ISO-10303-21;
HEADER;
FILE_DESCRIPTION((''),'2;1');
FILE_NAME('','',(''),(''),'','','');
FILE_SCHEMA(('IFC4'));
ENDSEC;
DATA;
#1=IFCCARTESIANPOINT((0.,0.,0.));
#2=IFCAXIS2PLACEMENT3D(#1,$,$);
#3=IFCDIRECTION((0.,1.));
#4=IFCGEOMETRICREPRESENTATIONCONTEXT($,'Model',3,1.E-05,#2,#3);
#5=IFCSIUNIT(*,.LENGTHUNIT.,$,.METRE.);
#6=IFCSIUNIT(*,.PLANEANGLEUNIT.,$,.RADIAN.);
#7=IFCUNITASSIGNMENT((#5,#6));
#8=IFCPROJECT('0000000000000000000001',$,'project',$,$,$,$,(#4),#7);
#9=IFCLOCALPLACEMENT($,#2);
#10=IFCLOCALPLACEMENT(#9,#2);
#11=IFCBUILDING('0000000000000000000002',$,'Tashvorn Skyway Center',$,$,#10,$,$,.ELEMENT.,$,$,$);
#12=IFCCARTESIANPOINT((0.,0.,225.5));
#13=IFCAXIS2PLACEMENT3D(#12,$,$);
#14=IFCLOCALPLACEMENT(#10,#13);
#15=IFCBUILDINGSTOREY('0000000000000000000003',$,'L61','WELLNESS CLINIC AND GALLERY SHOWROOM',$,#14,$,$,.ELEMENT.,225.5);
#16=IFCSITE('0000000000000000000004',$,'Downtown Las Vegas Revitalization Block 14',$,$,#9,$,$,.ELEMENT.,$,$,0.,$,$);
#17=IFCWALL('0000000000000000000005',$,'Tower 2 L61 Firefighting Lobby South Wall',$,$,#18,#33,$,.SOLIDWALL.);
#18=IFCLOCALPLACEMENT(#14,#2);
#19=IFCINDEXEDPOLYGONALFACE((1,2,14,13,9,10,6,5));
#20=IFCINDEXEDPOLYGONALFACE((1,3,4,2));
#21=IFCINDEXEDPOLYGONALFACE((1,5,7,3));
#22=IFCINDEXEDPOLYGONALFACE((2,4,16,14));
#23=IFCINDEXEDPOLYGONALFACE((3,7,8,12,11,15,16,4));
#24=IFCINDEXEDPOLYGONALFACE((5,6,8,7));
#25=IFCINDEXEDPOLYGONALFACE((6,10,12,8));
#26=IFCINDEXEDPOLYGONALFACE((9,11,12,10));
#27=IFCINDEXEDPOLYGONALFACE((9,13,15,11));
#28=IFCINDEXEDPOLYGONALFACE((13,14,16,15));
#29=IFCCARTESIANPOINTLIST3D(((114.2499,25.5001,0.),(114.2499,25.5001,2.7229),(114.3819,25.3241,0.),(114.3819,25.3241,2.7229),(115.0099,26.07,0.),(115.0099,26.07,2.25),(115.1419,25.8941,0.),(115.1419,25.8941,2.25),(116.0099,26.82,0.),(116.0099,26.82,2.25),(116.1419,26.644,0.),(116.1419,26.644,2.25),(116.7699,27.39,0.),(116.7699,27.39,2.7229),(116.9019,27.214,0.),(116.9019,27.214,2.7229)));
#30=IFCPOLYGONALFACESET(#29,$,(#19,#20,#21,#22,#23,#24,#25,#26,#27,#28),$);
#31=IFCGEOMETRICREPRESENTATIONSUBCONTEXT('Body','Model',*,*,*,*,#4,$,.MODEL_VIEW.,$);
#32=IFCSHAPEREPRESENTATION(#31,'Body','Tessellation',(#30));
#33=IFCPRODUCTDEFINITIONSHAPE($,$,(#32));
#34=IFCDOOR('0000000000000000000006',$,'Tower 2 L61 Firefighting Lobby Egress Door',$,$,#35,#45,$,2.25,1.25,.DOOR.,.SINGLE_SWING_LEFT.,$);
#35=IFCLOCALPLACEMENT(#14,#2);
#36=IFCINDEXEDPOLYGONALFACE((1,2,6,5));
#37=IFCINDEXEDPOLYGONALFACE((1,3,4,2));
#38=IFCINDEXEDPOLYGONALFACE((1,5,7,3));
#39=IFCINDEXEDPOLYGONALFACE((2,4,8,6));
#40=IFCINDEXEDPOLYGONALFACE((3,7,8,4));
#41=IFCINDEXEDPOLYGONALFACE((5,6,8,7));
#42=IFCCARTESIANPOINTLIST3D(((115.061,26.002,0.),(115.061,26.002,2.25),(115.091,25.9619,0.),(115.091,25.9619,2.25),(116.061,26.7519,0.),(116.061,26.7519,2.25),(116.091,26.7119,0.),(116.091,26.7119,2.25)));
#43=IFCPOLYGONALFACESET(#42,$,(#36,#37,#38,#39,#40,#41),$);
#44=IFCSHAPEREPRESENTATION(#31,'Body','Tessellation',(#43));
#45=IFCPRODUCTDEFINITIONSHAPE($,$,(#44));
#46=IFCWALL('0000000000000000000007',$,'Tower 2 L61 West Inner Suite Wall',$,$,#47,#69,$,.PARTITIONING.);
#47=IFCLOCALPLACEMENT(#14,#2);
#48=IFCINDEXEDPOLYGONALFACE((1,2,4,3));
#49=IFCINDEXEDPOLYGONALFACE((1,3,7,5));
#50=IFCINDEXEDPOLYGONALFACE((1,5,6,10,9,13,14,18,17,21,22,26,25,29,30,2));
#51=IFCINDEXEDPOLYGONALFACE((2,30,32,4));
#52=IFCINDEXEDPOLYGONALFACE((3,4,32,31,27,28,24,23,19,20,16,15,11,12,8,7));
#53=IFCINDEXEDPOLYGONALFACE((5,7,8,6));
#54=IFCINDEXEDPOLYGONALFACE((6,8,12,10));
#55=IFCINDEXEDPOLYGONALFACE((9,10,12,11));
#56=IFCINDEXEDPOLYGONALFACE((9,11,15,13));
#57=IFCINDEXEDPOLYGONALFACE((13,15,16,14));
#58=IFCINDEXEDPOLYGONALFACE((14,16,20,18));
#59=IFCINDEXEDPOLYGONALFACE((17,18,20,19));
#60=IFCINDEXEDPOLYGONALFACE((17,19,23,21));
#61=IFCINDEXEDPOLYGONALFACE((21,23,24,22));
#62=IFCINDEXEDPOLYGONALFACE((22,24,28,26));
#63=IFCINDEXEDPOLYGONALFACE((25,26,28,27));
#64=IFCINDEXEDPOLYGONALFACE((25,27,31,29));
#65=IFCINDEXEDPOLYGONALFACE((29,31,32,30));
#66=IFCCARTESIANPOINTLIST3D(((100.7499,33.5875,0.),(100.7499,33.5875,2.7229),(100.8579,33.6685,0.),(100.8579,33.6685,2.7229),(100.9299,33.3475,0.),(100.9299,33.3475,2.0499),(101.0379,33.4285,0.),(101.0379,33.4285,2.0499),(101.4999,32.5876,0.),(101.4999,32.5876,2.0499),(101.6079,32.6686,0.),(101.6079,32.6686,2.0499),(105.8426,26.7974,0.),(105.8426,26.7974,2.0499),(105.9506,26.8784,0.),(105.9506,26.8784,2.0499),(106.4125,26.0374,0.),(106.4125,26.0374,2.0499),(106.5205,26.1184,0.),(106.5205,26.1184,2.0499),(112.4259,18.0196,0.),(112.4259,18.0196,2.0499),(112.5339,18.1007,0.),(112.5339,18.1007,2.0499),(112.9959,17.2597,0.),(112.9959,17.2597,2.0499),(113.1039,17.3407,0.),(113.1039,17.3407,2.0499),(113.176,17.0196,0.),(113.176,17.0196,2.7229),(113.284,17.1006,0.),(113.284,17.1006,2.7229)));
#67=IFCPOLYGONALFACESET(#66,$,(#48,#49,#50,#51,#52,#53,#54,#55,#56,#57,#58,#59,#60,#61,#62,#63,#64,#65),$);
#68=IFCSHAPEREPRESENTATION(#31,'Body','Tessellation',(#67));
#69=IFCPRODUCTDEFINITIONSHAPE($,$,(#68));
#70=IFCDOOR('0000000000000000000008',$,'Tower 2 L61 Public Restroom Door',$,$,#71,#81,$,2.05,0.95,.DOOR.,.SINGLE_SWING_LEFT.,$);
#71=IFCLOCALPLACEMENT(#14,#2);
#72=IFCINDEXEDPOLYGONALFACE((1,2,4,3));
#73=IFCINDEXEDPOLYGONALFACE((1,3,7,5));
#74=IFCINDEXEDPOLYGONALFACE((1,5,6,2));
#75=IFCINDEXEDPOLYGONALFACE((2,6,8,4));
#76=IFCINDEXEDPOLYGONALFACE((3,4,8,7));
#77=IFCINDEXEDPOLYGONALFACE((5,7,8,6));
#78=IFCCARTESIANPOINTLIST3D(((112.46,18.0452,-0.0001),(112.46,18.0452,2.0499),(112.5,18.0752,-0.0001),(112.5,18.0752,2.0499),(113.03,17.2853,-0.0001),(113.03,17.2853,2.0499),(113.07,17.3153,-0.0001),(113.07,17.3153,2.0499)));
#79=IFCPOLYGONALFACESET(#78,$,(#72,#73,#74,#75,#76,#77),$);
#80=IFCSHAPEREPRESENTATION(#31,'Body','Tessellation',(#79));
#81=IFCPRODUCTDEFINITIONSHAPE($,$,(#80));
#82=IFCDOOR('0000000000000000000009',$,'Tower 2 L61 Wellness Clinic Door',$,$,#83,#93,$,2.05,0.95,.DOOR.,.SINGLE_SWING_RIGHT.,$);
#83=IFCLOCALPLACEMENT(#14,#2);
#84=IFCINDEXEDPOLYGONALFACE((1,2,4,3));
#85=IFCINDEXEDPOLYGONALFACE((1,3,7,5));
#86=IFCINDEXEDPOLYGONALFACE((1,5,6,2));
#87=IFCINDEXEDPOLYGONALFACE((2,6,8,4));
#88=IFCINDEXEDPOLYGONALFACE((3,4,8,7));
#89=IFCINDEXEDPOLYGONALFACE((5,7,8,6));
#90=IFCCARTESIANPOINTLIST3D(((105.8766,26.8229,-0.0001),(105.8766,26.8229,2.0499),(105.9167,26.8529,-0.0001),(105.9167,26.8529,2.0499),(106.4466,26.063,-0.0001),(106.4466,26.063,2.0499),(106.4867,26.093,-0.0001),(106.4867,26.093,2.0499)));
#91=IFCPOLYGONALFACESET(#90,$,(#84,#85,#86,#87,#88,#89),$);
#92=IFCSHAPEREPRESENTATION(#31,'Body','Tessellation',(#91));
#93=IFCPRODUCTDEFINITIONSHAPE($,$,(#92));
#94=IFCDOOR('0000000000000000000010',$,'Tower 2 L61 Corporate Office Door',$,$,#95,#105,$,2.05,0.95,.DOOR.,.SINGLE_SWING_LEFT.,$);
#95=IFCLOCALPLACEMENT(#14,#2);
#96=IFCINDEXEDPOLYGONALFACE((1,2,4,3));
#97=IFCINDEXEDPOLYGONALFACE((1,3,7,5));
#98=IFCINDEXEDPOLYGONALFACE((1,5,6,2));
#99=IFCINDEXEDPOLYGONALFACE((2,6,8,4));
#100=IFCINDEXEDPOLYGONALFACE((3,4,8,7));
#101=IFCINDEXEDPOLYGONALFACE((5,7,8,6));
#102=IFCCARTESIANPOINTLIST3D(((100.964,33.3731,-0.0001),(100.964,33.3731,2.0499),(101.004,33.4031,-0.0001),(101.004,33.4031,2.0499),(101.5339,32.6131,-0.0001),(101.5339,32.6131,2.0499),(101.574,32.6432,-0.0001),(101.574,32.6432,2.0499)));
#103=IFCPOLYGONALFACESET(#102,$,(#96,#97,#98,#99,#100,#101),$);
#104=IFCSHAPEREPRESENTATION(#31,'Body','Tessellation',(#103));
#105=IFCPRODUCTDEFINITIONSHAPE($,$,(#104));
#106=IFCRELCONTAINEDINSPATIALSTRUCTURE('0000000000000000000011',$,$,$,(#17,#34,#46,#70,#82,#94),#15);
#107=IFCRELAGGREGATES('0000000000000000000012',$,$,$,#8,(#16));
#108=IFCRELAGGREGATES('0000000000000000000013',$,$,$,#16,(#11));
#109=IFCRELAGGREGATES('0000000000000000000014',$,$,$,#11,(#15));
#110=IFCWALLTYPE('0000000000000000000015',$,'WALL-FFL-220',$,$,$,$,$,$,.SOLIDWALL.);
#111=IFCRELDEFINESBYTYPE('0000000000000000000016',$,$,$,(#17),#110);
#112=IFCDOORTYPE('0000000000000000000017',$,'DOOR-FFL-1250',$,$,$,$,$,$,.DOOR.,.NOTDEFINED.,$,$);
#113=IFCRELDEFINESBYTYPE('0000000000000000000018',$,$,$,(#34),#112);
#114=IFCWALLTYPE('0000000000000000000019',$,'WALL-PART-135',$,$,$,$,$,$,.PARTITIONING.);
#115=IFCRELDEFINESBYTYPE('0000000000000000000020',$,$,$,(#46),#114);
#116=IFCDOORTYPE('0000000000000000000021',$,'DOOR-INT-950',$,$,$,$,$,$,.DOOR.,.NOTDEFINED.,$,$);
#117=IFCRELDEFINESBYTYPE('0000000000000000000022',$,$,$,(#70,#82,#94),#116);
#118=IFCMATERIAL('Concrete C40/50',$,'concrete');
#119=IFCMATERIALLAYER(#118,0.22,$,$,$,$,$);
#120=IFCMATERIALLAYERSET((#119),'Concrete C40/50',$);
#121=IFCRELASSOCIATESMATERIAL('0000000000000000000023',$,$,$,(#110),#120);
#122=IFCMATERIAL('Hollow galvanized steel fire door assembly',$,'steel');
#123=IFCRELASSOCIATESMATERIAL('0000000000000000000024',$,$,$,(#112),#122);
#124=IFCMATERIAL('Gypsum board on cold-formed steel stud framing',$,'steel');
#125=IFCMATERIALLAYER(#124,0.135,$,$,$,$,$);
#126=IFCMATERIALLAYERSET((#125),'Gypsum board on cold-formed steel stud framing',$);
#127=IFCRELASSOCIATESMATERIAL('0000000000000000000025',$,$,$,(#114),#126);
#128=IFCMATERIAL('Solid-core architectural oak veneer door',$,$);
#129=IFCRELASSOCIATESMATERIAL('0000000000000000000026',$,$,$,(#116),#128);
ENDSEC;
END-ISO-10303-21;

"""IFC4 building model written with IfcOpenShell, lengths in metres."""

from ifc_helpers import new_model, si_unit, direction, frame, frame_2d, origin, place, context, subcontext, project, spatial, rectangle, extrude, material, layer, layer_set, type_object, element, fill, save


model = new_model("IFC4")

# Units and contexts
model_context = context("Model", 3, precision=1e-05, world=origin(), true_north=direction((0.0, 1.0)))
body_context = subcontext(model_context, "Body", "Model", "MODEL_VIEW")
ifc_project = project(units=[si_unit("LENGTHUNIT", "METRE"), si_unit("PLANEANGLEUNIT", "RADIAN")], contexts=[model_context])

# Site, building, storey
site_placement = place(None, origin())
site = spatial("IfcSite", under=ifc_project, at=site_placement, Name="Downtown Las Vegas Revitalization Block 14", CompositionType="ELEMENT", RefElevation=0.0)
building_placement = place(site_placement, origin())
building = spatial("IfcBuilding", under=site, at=building_placement, Name="Tashvorn Skyway Center", CompositionType="ELEMENT")
storey_placement = place(building_placement, frame((0.0, 0.0, 225.5)))
storey = spatial("IfcBuildingStorey", under=building, at=storey_placement, Name="L61", Description="WELLNESS CLINIC AND GALLERY SHOWROOM", CompositionType="ELEMENT", Elevation=225.5)

# Wall, opening, door
ifc_material_1 = material(Name="Concrete C40/50", Category="concrete")
ifc_layer_1 = layer(ifc_material_1, 0.22)
ifc_layer_set_1 = layer_set([ifc_layer_1], Name="Concrete C40/50")
wall_type_1 = type_object("IfcWallType", Name="WALL-FFL-220", PredefinedType="SOLIDWALL", material=ifc_layer_set_1)
wall_1_placement = place(storey_placement, frame((114.3159, 25.4121, 0.0), z_axis=(0.0, 0.0, 1.0), x_axis=(0.800019, 0.599975, 0.0)))
wall_1 = element("IfcWall", 1, at=wall_1_placement, inside=storey, type_object=wall_type_1, Name="Tower 2 L61 Firefighting Lobby South Wall", PredefinedType="SOLIDWALL", context=body_context, shape_type="SweptSolid", body=[
    extrude(rectangle(XDim=3.1499, YDim=0.22, at=frame_2d((1.575, 0.0))), origin(), (0.0, 0.0, 1.0), 2.7229),
])
opening_1_placement = place(wall_1_placement, frame((0.95, 0.0, 0.0)))
opening_1 = element("IfcOpeningElement", 2, at=opening_1_placement, cuts=wall_1, PredefinedType="OPENING", context=body_context, shape_type="SweptSolid", body=[
    extrude(rectangle(XDim=1.25, YDim=2.25, at=frame_2d((0.625, 1.125))), frame((0.0, 0.1199, 0.0), z_axis=(0.0, -1.0, 0.0), x_axis=(1.0, 0.0, 0.0)), (0.0, 0.0, 1.0), 0.24),
])
ifc_material_2 = material(Name="Hollow galvanized steel fire door assembly", Category="steel")
door_type_1 = type_object("IfcDoorType", Name="DOOR-FFL-1250", OperationType="NOTDEFINED", PredefinedType="DOOR", material=ifc_material_2)
door_1_placement = place(opening_1_placement, origin())
door_1 = element("IfcDoor", 3, at=door_1_placement, inside=storey, type_object=door_type_1, Name="Tower 2 L61 Firefighting Lobby Egress Door", OperationType="SINGLE_SWING_LEFT", OverallHeight=2.25, OverallWidth=1.25, PredefinedType="DOOR", context=body_context, shape_type="SweptSolid", body=[
    extrude(rectangle(XDim=1.25, YDim=2.25, at=frame_2d((0.625, 1.125))), frame((0.0, 0.0249, 0.0), z_axis=(0.0, -1.0, 0.0), x_axis=(1.0, 0.0, 0.0)), (0.0, 0.0, 1.0), 0.05),
])
fill(opening_1, door_1)

# Wall, openings, doors
ifc_material_3 = material(Name="Gypsum board on cold-formed steel stud framing", Category="steel")
ifc_layer_2 = layer(ifc_material_3, 0.135)
ifc_layer_set_2 = layer_set([ifc_layer_2], Name="Gypsum board on cold-formed steel stud framing")
wall_type_2 = type_object("IfcWallType", Name="WALL-PART-135", PredefinedType="PARTITIONING", material=ifc_layer_set_2)
wall_2_placement = place(storey_placement, frame((113.23, 17.0601, 0.0), z_axis=(0.0, 0.0, 1.0), x_axis=(-0.600004, 0.799997, 0.0)))
wall_2 = element("IfcWall", 4, at=wall_2_placement, inside=storey, type_object=wall_type_2, Name="Tower 2 L61 West Inner Suite Wall", PredefinedType="PARTITIONING", context=body_context, shape_type="SweptSolid", body=[
    extrude(rectangle(XDim=20.71, YDim=0.135, at=frame_2d((10.355, 0.0))), origin(), (0.0, 0.0, 1.0), 2.7229),
])
opening_2_placement = place(wall_2_placement, frame((0.3, 0.0, 0.0)))
opening_2 = element("IfcOpeningElement", 5, at=opening_2_placement, cuts=wall_2, PredefinedType="OPENING", context=body_context, shape_type="SweptSolid", body=[
    extrude(rectangle(XDim=0.95, YDim=2.05, at=frame_2d((0.4751, 1.0249))), frame((0.0, 0.0774, 0.0), z_axis=(0.0, -1.0, 0.0), x_axis=(1.0, 0.0, 0.0)), (0.0, 0.0, 1.0), 0.155),
])
opening_3_placement = place(wall_2_placement, frame((11.2722, 0.0, 0.0)))
opening_3 = element("IfcOpeningElement", 6, at=opening_3_placement, cuts=wall_2, PredefinedType="OPENING", context=body_context, shape_type="SweptSolid", body=[
    extrude(rectangle(XDim=0.95, YDim=2.05, at=frame_2d((0.4751, 1.0249))), frame((0.0, 0.0774, 0.0), z_axis=(0.0, -1.0, 0.0), x_axis=(1.0, 0.0, 0.0)), (0.0, 0.0, 1.0), 0.155),
])
opening_4_placement = place(wall_2_placement, frame((19.46, 0.0, 0.0)))
opening_4 = element("IfcOpeningElement", 7, at=opening_4_placement, cuts=wall_2, PredefinedType="OPENING", context=body_context, shape_type="SweptSolid", body=[
    extrude(rectangle(XDim=0.95, YDim=2.05, at=frame_2d((0.4751, 1.0249))), frame((0.0, 0.0774, 0.0), z_axis=(0.0, -1.0, 0.0), x_axis=(1.0, 0.0, 0.0)), (0.0, 0.0, 1.0), 0.155),
])
ifc_material_4 = material(Name="Solid-core architectural oak veneer door")
door_type_2 = type_object("IfcDoorType", Name="DOOR-INT-950", OperationType="NOTDEFINED", PredefinedType="DOOR", material=ifc_material_4)
door_2_placement = place(opening_2_placement, origin())
door_2 = element("IfcDoor", 8, at=door_2_placement, inside=storey, type_object=door_type_2, Name="Tower 2 L61 Public Restroom Door", OperationType="SINGLE_SWING_LEFT", OverallHeight=2.05, OverallWidth=0.95, PredefinedType="DOOR", context=body_context, shape_type="SweptSolid", body=[
    extrude(rectangle(XDim=0.95, YDim=2.05, at=frame_2d((0.4751, 1.0249))), frame((0.0, 0.0249, 0.0), z_axis=(0.0, -1.0, 0.0), x_axis=(1.0, 0.0, 0.0)), (0.0, 0.0, 1.0), 0.05),
])
fill(opening_2, door_2)
door_3_placement = place(opening_3_placement, origin())
door_3 = element("IfcDoor", 9, at=door_3_placement, inside=storey, type_object=door_type_2, Name="Tower 2 L61 Wellness Clinic Door", OperationType="SINGLE_SWING_RIGHT", OverallHeight=2.05, OverallWidth=0.95, PredefinedType="DOOR", context=body_context, shape_type="SweptSolid", body=[
    extrude(rectangle(XDim=0.95, YDim=2.05, at=frame_2d((0.4751, 1.0249))), frame((0.0, 0.0249, 0.0), z_axis=(0.0, -1.0, 0.0), x_axis=(1.0, 0.0, 0.0)), (0.0, 0.0, 1.0), 0.05),
])
fill(opening_3, door_3)
door_4_placement = place(opening_4_placement, origin())
door_4 = element("IfcDoor", 10, at=door_4_placement, inside=storey, type_object=door_type_2, Name="Tower 2 L61 Corporate Office Door", OperationType="SINGLE_SWING_LEFT", OverallHeight=2.05, OverallWidth=0.95, PredefinedType="DOOR", context=body_context, shape_type="SweptSolid", body=[
    extrude(rectangle(XDim=0.95, YDim=2.05, at=frame_2d((0.4751, 1.0249))), frame((0.0, 0.0249, 0.0), z_axis=(0.0, -1.0, 0.0), x_axis=(1.0, 0.0, 0.0)), (0.0, 0.0, 1.0), 0.05),
])
fill(opening_4, door_4)

save(model, "model.ifc")
